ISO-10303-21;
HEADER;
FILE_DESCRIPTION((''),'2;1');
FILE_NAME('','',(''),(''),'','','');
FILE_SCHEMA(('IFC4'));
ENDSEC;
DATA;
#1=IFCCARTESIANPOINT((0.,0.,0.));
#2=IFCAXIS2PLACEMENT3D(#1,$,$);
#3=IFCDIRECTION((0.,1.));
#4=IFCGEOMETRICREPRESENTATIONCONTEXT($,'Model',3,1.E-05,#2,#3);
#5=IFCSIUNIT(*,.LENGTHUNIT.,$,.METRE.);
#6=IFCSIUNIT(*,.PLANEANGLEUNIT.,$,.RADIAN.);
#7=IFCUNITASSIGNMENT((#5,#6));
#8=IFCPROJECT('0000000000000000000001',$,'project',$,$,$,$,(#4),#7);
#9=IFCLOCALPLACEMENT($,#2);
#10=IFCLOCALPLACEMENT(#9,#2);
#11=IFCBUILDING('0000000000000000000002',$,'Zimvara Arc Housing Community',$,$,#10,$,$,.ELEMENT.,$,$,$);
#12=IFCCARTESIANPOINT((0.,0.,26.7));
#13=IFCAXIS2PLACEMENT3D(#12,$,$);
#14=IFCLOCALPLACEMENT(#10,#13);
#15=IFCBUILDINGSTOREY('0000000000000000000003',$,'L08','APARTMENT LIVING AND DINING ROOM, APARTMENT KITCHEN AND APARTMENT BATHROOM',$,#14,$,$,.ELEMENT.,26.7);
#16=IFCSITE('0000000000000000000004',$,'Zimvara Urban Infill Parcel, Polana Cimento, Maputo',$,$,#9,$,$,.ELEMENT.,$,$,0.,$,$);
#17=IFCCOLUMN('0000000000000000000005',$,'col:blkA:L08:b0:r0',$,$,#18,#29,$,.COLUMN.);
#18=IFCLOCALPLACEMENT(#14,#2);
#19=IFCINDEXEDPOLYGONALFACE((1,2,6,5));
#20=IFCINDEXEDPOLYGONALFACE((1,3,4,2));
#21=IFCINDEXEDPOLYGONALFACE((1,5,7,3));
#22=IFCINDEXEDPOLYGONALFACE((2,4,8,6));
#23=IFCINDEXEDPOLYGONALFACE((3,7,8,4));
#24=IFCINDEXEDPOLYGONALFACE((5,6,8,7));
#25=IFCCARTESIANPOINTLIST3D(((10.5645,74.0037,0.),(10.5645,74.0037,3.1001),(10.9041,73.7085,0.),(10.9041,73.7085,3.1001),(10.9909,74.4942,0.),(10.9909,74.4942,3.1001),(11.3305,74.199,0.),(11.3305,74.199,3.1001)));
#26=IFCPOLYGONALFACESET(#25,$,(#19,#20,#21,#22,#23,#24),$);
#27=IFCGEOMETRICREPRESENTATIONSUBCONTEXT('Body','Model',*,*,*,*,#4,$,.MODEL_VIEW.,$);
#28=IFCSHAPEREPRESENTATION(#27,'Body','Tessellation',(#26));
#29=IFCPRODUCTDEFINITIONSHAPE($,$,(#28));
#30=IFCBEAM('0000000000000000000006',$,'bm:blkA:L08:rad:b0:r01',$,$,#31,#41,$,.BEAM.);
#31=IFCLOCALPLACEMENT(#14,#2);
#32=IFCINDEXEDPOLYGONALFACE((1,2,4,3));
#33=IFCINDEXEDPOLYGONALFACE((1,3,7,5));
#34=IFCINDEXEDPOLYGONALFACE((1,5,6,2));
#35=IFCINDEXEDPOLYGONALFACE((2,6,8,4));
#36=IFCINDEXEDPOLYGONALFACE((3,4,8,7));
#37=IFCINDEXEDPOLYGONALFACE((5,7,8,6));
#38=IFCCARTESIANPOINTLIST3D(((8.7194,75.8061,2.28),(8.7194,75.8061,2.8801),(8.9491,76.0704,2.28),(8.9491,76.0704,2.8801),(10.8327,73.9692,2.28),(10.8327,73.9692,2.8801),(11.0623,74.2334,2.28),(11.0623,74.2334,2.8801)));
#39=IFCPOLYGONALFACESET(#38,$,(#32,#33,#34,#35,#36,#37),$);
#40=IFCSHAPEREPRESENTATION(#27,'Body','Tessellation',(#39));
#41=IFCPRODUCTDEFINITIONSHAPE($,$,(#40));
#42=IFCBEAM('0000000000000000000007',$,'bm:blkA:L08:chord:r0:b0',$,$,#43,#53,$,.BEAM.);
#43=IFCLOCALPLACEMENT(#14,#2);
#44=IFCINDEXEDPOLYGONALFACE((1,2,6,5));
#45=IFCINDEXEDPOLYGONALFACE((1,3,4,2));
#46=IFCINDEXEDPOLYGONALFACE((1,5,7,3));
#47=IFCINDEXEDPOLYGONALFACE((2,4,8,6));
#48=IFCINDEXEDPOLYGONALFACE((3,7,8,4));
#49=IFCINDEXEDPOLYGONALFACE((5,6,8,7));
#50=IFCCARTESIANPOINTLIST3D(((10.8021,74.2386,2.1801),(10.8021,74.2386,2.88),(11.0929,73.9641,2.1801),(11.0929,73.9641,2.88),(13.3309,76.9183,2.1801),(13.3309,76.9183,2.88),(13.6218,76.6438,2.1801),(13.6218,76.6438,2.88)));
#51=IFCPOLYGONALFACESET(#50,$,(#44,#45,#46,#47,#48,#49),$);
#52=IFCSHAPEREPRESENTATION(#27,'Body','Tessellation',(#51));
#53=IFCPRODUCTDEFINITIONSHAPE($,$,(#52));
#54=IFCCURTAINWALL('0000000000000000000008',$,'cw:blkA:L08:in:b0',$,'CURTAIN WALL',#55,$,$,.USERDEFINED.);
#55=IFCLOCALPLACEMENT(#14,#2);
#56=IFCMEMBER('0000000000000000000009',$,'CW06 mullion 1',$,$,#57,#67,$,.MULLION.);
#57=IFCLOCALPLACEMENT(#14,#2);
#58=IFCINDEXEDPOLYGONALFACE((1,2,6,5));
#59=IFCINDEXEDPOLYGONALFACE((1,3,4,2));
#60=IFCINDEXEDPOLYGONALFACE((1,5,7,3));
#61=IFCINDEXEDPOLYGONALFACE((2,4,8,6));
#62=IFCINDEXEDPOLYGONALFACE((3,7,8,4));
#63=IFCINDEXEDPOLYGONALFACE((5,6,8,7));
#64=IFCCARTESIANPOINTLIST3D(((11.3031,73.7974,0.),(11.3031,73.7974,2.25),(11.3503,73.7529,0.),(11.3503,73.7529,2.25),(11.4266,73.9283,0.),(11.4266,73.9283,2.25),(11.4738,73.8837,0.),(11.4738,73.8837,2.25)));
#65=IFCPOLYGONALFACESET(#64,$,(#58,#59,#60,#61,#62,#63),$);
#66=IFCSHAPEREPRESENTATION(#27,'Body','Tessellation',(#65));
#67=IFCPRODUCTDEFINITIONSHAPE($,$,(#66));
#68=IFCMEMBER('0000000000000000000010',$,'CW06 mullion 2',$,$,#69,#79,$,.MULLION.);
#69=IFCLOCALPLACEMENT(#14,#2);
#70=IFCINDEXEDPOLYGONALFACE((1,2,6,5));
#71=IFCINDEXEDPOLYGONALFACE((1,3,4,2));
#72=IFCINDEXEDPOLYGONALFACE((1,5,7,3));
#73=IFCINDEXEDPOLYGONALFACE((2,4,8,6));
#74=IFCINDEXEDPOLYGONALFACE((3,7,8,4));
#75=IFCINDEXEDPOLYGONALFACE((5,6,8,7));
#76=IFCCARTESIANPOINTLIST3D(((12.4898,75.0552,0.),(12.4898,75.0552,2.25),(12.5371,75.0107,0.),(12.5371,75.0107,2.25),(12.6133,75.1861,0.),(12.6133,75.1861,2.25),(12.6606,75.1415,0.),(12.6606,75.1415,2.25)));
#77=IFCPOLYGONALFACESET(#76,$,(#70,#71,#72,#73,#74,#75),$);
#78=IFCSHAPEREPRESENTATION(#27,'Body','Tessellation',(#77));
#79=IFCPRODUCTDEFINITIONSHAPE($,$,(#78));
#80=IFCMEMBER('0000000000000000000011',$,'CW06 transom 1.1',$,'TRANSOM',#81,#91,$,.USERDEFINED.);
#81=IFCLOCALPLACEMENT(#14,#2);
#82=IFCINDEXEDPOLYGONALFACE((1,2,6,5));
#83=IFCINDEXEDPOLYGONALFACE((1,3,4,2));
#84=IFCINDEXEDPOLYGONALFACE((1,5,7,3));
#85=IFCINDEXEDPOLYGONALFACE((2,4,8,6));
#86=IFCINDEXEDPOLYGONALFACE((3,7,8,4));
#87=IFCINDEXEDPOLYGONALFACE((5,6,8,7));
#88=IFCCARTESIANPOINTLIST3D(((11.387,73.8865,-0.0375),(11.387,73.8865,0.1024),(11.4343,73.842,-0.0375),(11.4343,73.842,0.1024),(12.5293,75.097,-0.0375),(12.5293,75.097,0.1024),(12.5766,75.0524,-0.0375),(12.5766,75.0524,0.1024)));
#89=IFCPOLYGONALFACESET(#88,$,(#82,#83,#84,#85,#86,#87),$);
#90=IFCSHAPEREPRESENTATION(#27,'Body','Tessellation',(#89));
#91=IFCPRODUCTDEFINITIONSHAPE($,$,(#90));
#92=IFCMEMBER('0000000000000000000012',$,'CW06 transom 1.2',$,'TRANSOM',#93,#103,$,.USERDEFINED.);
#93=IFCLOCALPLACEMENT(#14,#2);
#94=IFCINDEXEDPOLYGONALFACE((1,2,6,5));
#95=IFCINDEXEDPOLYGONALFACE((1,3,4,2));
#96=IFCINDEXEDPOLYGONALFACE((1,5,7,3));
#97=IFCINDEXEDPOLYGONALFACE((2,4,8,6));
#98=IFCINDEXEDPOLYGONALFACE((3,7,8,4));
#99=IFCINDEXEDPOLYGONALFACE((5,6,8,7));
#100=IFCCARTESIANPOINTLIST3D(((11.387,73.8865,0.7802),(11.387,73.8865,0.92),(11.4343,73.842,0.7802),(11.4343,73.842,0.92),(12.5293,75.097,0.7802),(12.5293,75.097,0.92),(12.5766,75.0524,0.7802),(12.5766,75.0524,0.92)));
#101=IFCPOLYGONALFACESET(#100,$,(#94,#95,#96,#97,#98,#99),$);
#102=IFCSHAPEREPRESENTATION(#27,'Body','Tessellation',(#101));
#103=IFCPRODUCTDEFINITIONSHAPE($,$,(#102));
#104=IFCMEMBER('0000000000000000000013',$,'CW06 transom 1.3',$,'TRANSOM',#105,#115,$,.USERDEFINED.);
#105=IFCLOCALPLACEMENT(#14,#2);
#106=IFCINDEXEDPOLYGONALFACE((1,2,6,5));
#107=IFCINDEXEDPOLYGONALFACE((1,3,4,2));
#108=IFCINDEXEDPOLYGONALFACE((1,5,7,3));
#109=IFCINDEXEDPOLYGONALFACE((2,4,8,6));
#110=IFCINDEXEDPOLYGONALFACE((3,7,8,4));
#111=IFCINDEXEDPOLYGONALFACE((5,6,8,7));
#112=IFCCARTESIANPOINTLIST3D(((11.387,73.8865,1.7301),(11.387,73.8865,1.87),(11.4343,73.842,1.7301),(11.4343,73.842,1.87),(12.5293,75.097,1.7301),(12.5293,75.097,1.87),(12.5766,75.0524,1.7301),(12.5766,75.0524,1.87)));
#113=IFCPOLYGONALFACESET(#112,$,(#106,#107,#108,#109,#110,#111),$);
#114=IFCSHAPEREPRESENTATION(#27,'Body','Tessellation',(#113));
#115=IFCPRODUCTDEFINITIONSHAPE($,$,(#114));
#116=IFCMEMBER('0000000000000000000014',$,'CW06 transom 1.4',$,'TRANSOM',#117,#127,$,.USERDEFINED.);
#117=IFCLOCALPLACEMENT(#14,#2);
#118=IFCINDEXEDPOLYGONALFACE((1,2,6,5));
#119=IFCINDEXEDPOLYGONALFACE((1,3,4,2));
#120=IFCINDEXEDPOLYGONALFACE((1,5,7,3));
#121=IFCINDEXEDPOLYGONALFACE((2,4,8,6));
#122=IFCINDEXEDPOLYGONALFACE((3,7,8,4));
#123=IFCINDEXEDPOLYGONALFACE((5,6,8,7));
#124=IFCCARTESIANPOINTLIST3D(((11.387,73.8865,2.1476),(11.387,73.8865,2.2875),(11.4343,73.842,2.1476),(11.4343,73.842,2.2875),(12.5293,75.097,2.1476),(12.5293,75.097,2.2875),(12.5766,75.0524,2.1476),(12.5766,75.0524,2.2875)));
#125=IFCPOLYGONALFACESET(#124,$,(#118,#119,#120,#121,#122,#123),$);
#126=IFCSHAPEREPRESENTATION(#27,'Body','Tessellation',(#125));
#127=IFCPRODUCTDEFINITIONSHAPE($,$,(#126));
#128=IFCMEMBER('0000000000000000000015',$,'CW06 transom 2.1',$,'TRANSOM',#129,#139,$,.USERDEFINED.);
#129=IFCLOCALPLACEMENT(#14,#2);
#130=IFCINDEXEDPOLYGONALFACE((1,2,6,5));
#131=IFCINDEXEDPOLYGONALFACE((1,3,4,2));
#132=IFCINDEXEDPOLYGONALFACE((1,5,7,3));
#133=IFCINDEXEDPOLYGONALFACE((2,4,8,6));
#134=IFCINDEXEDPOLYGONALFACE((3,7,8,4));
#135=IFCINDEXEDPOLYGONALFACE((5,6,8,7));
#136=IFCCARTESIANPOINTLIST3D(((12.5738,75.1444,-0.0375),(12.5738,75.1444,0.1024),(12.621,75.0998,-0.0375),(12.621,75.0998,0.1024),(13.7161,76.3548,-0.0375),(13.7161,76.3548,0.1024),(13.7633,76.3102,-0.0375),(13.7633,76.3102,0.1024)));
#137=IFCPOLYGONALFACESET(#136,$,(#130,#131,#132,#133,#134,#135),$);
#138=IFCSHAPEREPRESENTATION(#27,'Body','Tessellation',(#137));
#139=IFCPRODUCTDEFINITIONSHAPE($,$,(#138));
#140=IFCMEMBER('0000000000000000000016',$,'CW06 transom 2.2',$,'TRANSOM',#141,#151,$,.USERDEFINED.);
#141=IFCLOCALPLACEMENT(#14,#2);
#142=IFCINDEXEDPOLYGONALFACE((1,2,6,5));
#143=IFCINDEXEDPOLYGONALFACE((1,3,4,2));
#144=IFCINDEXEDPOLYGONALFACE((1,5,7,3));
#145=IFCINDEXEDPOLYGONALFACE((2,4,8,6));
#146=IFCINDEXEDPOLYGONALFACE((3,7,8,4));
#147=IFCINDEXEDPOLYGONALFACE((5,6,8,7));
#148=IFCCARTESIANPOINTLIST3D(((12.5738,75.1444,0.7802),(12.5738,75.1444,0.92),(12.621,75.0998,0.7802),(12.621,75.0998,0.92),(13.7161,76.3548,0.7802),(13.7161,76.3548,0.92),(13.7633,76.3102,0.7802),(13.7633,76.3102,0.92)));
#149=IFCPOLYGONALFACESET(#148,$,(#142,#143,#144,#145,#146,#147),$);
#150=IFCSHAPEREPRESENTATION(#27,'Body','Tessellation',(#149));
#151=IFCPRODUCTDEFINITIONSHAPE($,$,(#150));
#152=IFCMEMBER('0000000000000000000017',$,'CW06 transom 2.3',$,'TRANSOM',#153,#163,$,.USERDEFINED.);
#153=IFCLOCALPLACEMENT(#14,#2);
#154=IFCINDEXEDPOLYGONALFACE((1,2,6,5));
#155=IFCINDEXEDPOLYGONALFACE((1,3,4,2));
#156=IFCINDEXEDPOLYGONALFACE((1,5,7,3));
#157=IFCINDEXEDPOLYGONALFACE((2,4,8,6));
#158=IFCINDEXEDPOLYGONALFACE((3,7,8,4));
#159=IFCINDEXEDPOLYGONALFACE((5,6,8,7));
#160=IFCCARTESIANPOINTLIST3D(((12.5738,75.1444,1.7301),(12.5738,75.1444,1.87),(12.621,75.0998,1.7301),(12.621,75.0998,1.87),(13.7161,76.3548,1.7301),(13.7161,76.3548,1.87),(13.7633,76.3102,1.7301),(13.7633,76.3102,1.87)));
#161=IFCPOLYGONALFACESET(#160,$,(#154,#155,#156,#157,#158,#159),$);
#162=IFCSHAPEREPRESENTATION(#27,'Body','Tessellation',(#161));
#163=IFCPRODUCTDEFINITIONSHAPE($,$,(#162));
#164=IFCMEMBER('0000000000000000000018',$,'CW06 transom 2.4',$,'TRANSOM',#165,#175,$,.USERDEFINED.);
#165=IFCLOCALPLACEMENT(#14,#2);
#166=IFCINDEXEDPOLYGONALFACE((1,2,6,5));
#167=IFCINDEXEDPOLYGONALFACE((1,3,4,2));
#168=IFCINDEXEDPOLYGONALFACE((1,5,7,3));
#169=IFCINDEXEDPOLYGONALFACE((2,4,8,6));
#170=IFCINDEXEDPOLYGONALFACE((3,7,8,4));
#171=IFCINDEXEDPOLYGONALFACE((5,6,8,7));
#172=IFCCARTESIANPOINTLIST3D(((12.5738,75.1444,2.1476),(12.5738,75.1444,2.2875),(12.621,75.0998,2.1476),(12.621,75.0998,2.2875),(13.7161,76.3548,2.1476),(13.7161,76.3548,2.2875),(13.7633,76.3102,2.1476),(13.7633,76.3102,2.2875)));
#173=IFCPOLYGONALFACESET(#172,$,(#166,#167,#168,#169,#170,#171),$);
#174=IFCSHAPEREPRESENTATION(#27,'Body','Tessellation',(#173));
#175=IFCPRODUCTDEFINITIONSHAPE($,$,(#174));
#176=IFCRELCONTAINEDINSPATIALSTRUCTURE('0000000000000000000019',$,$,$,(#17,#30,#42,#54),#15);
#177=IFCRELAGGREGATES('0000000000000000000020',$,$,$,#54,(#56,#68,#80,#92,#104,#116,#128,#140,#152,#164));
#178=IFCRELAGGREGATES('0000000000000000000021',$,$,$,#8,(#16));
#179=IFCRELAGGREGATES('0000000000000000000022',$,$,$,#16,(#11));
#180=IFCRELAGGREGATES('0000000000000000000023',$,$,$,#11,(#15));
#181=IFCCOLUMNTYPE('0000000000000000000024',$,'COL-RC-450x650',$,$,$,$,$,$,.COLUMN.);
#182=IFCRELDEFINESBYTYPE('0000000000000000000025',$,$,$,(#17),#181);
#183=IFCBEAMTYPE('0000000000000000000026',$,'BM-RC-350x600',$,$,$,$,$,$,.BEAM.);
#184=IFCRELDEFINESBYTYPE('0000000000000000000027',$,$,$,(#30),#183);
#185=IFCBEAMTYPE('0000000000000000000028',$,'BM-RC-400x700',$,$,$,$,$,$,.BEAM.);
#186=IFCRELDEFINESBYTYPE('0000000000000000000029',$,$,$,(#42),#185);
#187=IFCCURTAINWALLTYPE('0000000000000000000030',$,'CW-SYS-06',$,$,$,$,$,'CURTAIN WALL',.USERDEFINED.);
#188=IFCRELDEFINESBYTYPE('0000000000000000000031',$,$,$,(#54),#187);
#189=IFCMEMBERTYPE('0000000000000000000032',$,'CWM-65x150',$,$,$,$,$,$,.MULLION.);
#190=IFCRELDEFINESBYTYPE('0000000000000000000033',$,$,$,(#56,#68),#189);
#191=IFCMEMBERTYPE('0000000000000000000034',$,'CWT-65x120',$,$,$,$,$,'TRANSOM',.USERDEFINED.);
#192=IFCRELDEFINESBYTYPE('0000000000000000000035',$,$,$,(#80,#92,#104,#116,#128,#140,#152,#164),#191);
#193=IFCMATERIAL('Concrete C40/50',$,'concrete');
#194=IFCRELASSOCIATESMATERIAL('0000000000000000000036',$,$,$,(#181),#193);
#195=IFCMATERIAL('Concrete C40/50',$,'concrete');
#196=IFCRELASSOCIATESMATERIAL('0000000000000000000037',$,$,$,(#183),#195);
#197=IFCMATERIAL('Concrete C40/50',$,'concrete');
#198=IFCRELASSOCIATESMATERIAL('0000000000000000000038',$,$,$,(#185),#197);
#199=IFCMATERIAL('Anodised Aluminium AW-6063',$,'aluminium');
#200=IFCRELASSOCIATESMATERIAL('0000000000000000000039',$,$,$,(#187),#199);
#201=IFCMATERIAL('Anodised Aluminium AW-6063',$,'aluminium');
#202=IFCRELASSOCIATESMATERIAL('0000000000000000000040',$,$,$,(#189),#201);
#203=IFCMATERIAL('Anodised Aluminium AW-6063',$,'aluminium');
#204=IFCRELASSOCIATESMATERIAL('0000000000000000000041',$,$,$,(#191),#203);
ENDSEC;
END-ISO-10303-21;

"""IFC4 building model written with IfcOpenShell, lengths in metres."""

from ifc_helpers import new_model, si_unit, direction, frame, origin, origin_2d, place, context, subcontext, project, spatial, rectangle, extrude, material, material_profile, profile_set, type_object, element, aggregate, save


model = new_model("IFC4")

# Units and contexts
model_context = context("Model", 3, precision=1e-05, world=origin(), true_north=direction((0.0, 1.0)))
body_context = subcontext(model_context, "Body", "Model", "MODEL_VIEW")
ifc_project = project(units=[si_unit("LENGTHUNIT", "METRE"), si_unit("PLANEANGLEUNIT", "RADIAN")], contexts=[model_context])

# Site, building, storey
site_placement = place(None, origin())
site = spatial("IfcSite", under=ifc_project, at=site_placement, Name="Zimvara Urban Infill Parcel, Polana Cimento, Maputo", CompositionType="ELEMENT", RefElevation=0.0)
building_placement = place(site_placement, origin())
building = spatial("IfcBuilding", under=site, at=building_placement, Name="Zimvara Arc Housing Community", CompositionType="ELEMENT")
storey_placement = place(building_placement, frame((0.0, 0.0, 26.7)))
storey = spatial("IfcBuildingStorey", under=building, at=storey_placement, Name="L08", Description="APARTMENT LIVING AND DINING ROOM, APARTMENT KITCHEN AND APARTMENT BATHROOM", CompositionType="ELEMENT", Elevation=26.7)

# Column
ifc_material_1 = material(Name="Concrete C40/50", Category="concrete")
ifc_material_profile_1 = material_profile(ifc_material_1, rectangle(XDim=0.45, YDim=0.6499, at=origin_2d()), Name="RC 450x650")
ifc_profile_set_1 = profile_set([ifc_material_profile_1], Name="Concrete C40/50")
column_type = type_object("IfcColumnType", Name="COL-RC-450x650", PredefinedType="COLUMN", material=ifc_profile_set_1)
column_placement = place(storey_placement, frame((10.9475, 74.1013, 0.0), z_axis=(0.0, 0.0, 1.0), x_axis=(-0.75471, 0.656059, 0.0)))
element("IfcColumn", 1, at=column_placement, inside=storey, type_object=column_type, Name="col:blkA:L08:b0:r0", PredefinedType="COLUMN", context=body_context, shape_type="SweptSolid", body=[
    extrude(rectangle(XDim=0.45, YDim=0.6499, at=origin_2d()), origin(), (0.0, 0.0, 1.0), 3.1001),
])

# Beams
ifc_material_2 = material(Name="Concrete C40/50", Category="concrete")
ifc_material_profile_2 = material_profile(ifc_material_2, rectangle(XDim=0.3501, YDim=0.6001, at=origin_2d()), Name="RC 350x600")
ifc_profile_set_2 = profile_set([ifc_material_profile_2], Name="Concrete C40/50")
beam_type_1 = type_object("IfcBeamType", Name="BM-RC-350x600", PredefinedType="BEAM", material=ifc_profile_set_2)
beam_1_placement = place(storey_placement, frame((10.9475, 74.1013, 2.5801), z_axis=(-0.754733, 0.656032, 0.0), x_axis=(-0.656032, -0.754733, 0.0)))
element("IfcBeam", 2, at=beam_1_placement, inside=storey, type_object=beam_type_1, Name="bm:blkA:L08:rad:b0:r01", PredefinedType="BEAM", context=body_context, shape_type="SweptSolid", body=[
    extrude(rectangle(XDim=0.3501, YDim=0.6001, at=origin_2d()), origin(), (0.0, 0.0, 1.0), 2.8),
])
ifc_material_3 = material(Name="Concrete C40/50", Category="concrete")
ifc_material_profile_3 = material_profile(ifc_material_3, rectangle(XDim=0.3999, YDim=0.7, at=origin_2d()), Name="RC 400x700")
ifc_profile_set_3 = profile_set([ifc_material_profile_3], Name="Concrete C40/50")
beam_type_2 = type_object("IfcBeamType", Name="BM-RC-400x700", PredefinedType="BEAM", material=ifc_profile_set_3)
beam_2_placement = place(storey_placement, frame((10.9475, 74.1013, 2.53), z_axis=(0.686336, 0.727285, 0.0), x_axis=(-0.727285, 0.686336, 0.0)))
element("IfcBeam", 3, at=beam_2_placement, inside=storey, type_object=beam_type_2, Name="bm:blkA:L08:chord:r0:b0", PredefinedType="BEAM", context=body_context, shape_type="SweptSolid", body=[
    extrude(rectangle(XDim=0.3999, YDim=0.7, at=origin_2d()), origin(), (0.0, 0.0, 1.0), 3.6846),
])

# Curtain wall, members
ifc_material_4 = material(Name="Anodised Aluminium AW-6063", Category="aluminium")
curtain_wall_type = type_object("IfcCurtainWallType", Name="CW-SYS-06", ElementType="CURTAIN WALL", PredefinedType="USERDEFINED", material=ifc_material_4)
curtain_wall_placement = place(storey_placement, origin())
curtain_wall = element("IfcCurtainWall", 4, at=curtain_wall_placement, inside=storey, type_object=curtain_wall_type, Name="cw:blkA:L08:in:b0", ObjectType="CURTAIN WALL", PredefinedType="USERDEFINED")
ifc_material_5 = material(Name="Anodised Aluminium AW-6063", Category="aluminium")
ifc_material_profile_4 = material_profile(ifc_material_5, rectangle(XDim=0.0649, YDim=0.1799, at=origin_2d()), Name="ALU 65x180")
ifc_profile_set_4 = profile_set([ifc_material_profile_4], Name="Anodised Aluminium AW-6063")
member_type_1 = type_object("IfcMemberType", Name="CWM-65x150", PredefinedType="MULLION", material=ifc_profile_set_4)
member_1_placement = place(storey_placement, frame((11.3884, 73.8406, 0.0), z_axis=(0.0, 0.0, 1.0), x_axis=(-0.727293, 0.686327, 0.0)))
member_1 = element("IfcMember", 5, at=member_1_placement, type_object=member_type_1, Name="CW06 mullion 1", PredefinedType="MULLION", context=body_context, shape_type="SweptSolid", body=[
    extrude(rectangle(XDim=0.0649, YDim=0.1799, at=origin_2d()), origin(), (0.0, 0.0, 1.0), 2.25),
])
member_2_placement = place(storey_placement, frame((12.5752, 75.0984, 0.0), z_axis=(0.0, 0.0, 1.0), x_axis=(-0.727293, 0.686327, 0.0)))
member_2 = element("IfcMember", 6, at=member_2_placement, type_object=member_type_1, Name="CW06 mullion 2", PredefinedType="MULLION", context=body_context, shape_type="SweptSolid", body=[
    extrude(rectangle(XDim=0.0649, YDim=0.1799, at=origin_2d()), origin(), (0.0, 0.0, 1.0), 2.25),
])
ifc_material_6 = material(Name="Anodised Aluminium AW-6063", Category="aluminium")
ifc_material_profile_5 = material_profile(ifc_material_6, rectangle(XDim=0.0649, YDim=0.1399, at=origin_2d()), Name="ALU 65x140")
ifc_profile_set_5 = profile_set([ifc_material_profile_5], Name="Anodised Aluminium AW-6063")
member_type_2 = type_object("IfcMemberType", Name="CWT-65x120", ElementType="TRANSOM", PredefinedType="USERDEFINED", material=ifc_profile_set_5)
member_3_placement = place(storey_placement, frame((11.4106, 73.8643, 0.0325), z_axis=(0.686348, 0.727273, 0.0), x_axis=(-0.727273, 0.686348, 0.0)))
member_3 = element("IfcMember", 7, at=member_3_placement, type_object=member_type_2, Name="CW06 transom 1.1", ObjectType="TRANSOM", PredefinedType="USERDEFINED", context=body_context, shape_type="SweptSolid", body=[
    extrude(rectangle(XDim=0.0649, YDim=0.1399, at=origin_2d()), origin(), (0.0, 0.0, 1.0), 1.6643),
])
member_4_placement = place(storey_placement, frame((11.4106, 73.8643, 0.8501), z_axis=(0.686348, 0.727273, 0.0), x_axis=(-0.727273, 0.686348, 0.0)))
member_4 = element("IfcMember", 8, at=member_4_placement, type_object=member_type_2, Name="CW06 transom 1.2", ObjectType="TRANSOM", PredefinedType="USERDEFINED", context=body_context, shape_type="SweptSolid", body=[
    extrude(rectangle(XDim=0.0649, YDim=0.1399, at=origin_2d()), origin(), (0.0, 0.0, 1.0), 1.6643),
])
member_5_placement = place(storey_placement, frame((11.4106, 73.8643, 1.8), z_axis=(0.686348, 0.727273, 0.0), x_axis=(-0.727273, 0.686348, 0.0)))
member_5 = element("IfcMember", 9, at=member_5_placement, type_object=member_type_2, Name="CW06 transom 1.3", ObjectType="TRANSOM", PredefinedType="USERDEFINED", context=body_context, shape_type="SweptSolid", body=[
    extrude(rectangle(XDim=0.0649, YDim=0.1399, at=origin_2d()), origin(), (0.0, 0.0, 1.0), 1.6643),
])
member_6_placement = place(storey_placement, frame((11.4106, 73.8643, 2.2175), z_axis=(0.686348, 0.727273, 0.0), x_axis=(-0.727273, 0.686348, 0.0)))
member_6 = element("IfcMember", 10, at=member_6_placement, type_object=member_type_2, Name="CW06 transom 1.4", ObjectType="TRANSOM", PredefinedType="USERDEFINED", context=body_context, shape_type="SweptSolid", body=[
    extrude(rectangle(XDim=0.0649, YDim=0.1399, at=origin_2d()), origin(), (0.0, 0.0, 1.0), 1.6643),
])
member_7_placement = place(storey_placement, frame((12.5974, 75.1221, 0.0325), z_axis=(0.686348, 0.727273, 0.0), x_axis=(-0.727273, 0.686348, 0.0)))
member_7 = element("IfcMember", 11, at=member_7_placement, type_object=member_type_2, Name="CW06 transom 2.1", ObjectType="TRANSOM", PredefinedType="USERDEFINED", context=body_context, shape_type="SweptSolid", body=[
    extrude(rectangle(XDim=0.0649, YDim=0.1399, at=origin_2d()), origin(), (0.0, 0.0, 1.0), 1.6643),
])
member_8_placement = place(storey_placement, frame((12.5974, 75.1221, 0.8501), z_axis=(0.686348, 0.727273, 0.0), x_axis=(-0.727273, 0.686348, 0.0)))
member_8 = element("IfcMember", 12, at=member_8_placement, type_object=member_type_2, Name="CW06 transom 2.2", ObjectType="TRANSOM", PredefinedType="USERDEFINED", context=body_context, shape_type="SweptSolid", body=[
    extrude(rectangle(XDim=0.0649, YDim=0.1399, at=origin_2d()), origin(), (0.0, 0.0, 1.0), 1.6643),
])
member_9_placement = place(storey_placement, frame((12.5974, 75.1221, 1.8), z_axis=(0.686348, 0.727273, 0.0), x_axis=(-0.727273, 0.686348, 0.0)))
member_9 = element("IfcMember", 13, at=member_9_placement, type_object=member_type_2, Name="CW06 transom 2.3", ObjectType="TRANSOM", PredefinedType="USERDEFINED", context=body_context, shape_type="SweptSolid", body=[
    extrude(rectangle(XDim=0.0649, YDim=0.1399, at=origin_2d()), origin(), (0.0, 0.0, 1.0), 1.6643),
])
member_10_placement = place(storey_placement, frame((12.5974, 75.1221, 2.2175), z_axis=(0.686348, 0.727273, 0.0), x_axis=(-0.727273, 0.686348, 0.0)))
member_10 = element("IfcMember", 14, at=member_10_placement, type_object=member_type_2, Name="CW06 transom 2.4", ObjectType="TRANSOM", PredefinedType="USERDEFINED", context=body_context, shape_type="SweptSolid", body=[
    extrude(rectangle(XDim=0.0649, YDim=0.1399, at=origin_2d()), origin(), (0.0, 0.0, 1.0), 1.6643),
])
aggregate(curtain_wall, [member_1, member_2, member_3, member_4, member_5, member_6, member_7, member_8, member_9, member_10])

save(model, "model.ifc")
